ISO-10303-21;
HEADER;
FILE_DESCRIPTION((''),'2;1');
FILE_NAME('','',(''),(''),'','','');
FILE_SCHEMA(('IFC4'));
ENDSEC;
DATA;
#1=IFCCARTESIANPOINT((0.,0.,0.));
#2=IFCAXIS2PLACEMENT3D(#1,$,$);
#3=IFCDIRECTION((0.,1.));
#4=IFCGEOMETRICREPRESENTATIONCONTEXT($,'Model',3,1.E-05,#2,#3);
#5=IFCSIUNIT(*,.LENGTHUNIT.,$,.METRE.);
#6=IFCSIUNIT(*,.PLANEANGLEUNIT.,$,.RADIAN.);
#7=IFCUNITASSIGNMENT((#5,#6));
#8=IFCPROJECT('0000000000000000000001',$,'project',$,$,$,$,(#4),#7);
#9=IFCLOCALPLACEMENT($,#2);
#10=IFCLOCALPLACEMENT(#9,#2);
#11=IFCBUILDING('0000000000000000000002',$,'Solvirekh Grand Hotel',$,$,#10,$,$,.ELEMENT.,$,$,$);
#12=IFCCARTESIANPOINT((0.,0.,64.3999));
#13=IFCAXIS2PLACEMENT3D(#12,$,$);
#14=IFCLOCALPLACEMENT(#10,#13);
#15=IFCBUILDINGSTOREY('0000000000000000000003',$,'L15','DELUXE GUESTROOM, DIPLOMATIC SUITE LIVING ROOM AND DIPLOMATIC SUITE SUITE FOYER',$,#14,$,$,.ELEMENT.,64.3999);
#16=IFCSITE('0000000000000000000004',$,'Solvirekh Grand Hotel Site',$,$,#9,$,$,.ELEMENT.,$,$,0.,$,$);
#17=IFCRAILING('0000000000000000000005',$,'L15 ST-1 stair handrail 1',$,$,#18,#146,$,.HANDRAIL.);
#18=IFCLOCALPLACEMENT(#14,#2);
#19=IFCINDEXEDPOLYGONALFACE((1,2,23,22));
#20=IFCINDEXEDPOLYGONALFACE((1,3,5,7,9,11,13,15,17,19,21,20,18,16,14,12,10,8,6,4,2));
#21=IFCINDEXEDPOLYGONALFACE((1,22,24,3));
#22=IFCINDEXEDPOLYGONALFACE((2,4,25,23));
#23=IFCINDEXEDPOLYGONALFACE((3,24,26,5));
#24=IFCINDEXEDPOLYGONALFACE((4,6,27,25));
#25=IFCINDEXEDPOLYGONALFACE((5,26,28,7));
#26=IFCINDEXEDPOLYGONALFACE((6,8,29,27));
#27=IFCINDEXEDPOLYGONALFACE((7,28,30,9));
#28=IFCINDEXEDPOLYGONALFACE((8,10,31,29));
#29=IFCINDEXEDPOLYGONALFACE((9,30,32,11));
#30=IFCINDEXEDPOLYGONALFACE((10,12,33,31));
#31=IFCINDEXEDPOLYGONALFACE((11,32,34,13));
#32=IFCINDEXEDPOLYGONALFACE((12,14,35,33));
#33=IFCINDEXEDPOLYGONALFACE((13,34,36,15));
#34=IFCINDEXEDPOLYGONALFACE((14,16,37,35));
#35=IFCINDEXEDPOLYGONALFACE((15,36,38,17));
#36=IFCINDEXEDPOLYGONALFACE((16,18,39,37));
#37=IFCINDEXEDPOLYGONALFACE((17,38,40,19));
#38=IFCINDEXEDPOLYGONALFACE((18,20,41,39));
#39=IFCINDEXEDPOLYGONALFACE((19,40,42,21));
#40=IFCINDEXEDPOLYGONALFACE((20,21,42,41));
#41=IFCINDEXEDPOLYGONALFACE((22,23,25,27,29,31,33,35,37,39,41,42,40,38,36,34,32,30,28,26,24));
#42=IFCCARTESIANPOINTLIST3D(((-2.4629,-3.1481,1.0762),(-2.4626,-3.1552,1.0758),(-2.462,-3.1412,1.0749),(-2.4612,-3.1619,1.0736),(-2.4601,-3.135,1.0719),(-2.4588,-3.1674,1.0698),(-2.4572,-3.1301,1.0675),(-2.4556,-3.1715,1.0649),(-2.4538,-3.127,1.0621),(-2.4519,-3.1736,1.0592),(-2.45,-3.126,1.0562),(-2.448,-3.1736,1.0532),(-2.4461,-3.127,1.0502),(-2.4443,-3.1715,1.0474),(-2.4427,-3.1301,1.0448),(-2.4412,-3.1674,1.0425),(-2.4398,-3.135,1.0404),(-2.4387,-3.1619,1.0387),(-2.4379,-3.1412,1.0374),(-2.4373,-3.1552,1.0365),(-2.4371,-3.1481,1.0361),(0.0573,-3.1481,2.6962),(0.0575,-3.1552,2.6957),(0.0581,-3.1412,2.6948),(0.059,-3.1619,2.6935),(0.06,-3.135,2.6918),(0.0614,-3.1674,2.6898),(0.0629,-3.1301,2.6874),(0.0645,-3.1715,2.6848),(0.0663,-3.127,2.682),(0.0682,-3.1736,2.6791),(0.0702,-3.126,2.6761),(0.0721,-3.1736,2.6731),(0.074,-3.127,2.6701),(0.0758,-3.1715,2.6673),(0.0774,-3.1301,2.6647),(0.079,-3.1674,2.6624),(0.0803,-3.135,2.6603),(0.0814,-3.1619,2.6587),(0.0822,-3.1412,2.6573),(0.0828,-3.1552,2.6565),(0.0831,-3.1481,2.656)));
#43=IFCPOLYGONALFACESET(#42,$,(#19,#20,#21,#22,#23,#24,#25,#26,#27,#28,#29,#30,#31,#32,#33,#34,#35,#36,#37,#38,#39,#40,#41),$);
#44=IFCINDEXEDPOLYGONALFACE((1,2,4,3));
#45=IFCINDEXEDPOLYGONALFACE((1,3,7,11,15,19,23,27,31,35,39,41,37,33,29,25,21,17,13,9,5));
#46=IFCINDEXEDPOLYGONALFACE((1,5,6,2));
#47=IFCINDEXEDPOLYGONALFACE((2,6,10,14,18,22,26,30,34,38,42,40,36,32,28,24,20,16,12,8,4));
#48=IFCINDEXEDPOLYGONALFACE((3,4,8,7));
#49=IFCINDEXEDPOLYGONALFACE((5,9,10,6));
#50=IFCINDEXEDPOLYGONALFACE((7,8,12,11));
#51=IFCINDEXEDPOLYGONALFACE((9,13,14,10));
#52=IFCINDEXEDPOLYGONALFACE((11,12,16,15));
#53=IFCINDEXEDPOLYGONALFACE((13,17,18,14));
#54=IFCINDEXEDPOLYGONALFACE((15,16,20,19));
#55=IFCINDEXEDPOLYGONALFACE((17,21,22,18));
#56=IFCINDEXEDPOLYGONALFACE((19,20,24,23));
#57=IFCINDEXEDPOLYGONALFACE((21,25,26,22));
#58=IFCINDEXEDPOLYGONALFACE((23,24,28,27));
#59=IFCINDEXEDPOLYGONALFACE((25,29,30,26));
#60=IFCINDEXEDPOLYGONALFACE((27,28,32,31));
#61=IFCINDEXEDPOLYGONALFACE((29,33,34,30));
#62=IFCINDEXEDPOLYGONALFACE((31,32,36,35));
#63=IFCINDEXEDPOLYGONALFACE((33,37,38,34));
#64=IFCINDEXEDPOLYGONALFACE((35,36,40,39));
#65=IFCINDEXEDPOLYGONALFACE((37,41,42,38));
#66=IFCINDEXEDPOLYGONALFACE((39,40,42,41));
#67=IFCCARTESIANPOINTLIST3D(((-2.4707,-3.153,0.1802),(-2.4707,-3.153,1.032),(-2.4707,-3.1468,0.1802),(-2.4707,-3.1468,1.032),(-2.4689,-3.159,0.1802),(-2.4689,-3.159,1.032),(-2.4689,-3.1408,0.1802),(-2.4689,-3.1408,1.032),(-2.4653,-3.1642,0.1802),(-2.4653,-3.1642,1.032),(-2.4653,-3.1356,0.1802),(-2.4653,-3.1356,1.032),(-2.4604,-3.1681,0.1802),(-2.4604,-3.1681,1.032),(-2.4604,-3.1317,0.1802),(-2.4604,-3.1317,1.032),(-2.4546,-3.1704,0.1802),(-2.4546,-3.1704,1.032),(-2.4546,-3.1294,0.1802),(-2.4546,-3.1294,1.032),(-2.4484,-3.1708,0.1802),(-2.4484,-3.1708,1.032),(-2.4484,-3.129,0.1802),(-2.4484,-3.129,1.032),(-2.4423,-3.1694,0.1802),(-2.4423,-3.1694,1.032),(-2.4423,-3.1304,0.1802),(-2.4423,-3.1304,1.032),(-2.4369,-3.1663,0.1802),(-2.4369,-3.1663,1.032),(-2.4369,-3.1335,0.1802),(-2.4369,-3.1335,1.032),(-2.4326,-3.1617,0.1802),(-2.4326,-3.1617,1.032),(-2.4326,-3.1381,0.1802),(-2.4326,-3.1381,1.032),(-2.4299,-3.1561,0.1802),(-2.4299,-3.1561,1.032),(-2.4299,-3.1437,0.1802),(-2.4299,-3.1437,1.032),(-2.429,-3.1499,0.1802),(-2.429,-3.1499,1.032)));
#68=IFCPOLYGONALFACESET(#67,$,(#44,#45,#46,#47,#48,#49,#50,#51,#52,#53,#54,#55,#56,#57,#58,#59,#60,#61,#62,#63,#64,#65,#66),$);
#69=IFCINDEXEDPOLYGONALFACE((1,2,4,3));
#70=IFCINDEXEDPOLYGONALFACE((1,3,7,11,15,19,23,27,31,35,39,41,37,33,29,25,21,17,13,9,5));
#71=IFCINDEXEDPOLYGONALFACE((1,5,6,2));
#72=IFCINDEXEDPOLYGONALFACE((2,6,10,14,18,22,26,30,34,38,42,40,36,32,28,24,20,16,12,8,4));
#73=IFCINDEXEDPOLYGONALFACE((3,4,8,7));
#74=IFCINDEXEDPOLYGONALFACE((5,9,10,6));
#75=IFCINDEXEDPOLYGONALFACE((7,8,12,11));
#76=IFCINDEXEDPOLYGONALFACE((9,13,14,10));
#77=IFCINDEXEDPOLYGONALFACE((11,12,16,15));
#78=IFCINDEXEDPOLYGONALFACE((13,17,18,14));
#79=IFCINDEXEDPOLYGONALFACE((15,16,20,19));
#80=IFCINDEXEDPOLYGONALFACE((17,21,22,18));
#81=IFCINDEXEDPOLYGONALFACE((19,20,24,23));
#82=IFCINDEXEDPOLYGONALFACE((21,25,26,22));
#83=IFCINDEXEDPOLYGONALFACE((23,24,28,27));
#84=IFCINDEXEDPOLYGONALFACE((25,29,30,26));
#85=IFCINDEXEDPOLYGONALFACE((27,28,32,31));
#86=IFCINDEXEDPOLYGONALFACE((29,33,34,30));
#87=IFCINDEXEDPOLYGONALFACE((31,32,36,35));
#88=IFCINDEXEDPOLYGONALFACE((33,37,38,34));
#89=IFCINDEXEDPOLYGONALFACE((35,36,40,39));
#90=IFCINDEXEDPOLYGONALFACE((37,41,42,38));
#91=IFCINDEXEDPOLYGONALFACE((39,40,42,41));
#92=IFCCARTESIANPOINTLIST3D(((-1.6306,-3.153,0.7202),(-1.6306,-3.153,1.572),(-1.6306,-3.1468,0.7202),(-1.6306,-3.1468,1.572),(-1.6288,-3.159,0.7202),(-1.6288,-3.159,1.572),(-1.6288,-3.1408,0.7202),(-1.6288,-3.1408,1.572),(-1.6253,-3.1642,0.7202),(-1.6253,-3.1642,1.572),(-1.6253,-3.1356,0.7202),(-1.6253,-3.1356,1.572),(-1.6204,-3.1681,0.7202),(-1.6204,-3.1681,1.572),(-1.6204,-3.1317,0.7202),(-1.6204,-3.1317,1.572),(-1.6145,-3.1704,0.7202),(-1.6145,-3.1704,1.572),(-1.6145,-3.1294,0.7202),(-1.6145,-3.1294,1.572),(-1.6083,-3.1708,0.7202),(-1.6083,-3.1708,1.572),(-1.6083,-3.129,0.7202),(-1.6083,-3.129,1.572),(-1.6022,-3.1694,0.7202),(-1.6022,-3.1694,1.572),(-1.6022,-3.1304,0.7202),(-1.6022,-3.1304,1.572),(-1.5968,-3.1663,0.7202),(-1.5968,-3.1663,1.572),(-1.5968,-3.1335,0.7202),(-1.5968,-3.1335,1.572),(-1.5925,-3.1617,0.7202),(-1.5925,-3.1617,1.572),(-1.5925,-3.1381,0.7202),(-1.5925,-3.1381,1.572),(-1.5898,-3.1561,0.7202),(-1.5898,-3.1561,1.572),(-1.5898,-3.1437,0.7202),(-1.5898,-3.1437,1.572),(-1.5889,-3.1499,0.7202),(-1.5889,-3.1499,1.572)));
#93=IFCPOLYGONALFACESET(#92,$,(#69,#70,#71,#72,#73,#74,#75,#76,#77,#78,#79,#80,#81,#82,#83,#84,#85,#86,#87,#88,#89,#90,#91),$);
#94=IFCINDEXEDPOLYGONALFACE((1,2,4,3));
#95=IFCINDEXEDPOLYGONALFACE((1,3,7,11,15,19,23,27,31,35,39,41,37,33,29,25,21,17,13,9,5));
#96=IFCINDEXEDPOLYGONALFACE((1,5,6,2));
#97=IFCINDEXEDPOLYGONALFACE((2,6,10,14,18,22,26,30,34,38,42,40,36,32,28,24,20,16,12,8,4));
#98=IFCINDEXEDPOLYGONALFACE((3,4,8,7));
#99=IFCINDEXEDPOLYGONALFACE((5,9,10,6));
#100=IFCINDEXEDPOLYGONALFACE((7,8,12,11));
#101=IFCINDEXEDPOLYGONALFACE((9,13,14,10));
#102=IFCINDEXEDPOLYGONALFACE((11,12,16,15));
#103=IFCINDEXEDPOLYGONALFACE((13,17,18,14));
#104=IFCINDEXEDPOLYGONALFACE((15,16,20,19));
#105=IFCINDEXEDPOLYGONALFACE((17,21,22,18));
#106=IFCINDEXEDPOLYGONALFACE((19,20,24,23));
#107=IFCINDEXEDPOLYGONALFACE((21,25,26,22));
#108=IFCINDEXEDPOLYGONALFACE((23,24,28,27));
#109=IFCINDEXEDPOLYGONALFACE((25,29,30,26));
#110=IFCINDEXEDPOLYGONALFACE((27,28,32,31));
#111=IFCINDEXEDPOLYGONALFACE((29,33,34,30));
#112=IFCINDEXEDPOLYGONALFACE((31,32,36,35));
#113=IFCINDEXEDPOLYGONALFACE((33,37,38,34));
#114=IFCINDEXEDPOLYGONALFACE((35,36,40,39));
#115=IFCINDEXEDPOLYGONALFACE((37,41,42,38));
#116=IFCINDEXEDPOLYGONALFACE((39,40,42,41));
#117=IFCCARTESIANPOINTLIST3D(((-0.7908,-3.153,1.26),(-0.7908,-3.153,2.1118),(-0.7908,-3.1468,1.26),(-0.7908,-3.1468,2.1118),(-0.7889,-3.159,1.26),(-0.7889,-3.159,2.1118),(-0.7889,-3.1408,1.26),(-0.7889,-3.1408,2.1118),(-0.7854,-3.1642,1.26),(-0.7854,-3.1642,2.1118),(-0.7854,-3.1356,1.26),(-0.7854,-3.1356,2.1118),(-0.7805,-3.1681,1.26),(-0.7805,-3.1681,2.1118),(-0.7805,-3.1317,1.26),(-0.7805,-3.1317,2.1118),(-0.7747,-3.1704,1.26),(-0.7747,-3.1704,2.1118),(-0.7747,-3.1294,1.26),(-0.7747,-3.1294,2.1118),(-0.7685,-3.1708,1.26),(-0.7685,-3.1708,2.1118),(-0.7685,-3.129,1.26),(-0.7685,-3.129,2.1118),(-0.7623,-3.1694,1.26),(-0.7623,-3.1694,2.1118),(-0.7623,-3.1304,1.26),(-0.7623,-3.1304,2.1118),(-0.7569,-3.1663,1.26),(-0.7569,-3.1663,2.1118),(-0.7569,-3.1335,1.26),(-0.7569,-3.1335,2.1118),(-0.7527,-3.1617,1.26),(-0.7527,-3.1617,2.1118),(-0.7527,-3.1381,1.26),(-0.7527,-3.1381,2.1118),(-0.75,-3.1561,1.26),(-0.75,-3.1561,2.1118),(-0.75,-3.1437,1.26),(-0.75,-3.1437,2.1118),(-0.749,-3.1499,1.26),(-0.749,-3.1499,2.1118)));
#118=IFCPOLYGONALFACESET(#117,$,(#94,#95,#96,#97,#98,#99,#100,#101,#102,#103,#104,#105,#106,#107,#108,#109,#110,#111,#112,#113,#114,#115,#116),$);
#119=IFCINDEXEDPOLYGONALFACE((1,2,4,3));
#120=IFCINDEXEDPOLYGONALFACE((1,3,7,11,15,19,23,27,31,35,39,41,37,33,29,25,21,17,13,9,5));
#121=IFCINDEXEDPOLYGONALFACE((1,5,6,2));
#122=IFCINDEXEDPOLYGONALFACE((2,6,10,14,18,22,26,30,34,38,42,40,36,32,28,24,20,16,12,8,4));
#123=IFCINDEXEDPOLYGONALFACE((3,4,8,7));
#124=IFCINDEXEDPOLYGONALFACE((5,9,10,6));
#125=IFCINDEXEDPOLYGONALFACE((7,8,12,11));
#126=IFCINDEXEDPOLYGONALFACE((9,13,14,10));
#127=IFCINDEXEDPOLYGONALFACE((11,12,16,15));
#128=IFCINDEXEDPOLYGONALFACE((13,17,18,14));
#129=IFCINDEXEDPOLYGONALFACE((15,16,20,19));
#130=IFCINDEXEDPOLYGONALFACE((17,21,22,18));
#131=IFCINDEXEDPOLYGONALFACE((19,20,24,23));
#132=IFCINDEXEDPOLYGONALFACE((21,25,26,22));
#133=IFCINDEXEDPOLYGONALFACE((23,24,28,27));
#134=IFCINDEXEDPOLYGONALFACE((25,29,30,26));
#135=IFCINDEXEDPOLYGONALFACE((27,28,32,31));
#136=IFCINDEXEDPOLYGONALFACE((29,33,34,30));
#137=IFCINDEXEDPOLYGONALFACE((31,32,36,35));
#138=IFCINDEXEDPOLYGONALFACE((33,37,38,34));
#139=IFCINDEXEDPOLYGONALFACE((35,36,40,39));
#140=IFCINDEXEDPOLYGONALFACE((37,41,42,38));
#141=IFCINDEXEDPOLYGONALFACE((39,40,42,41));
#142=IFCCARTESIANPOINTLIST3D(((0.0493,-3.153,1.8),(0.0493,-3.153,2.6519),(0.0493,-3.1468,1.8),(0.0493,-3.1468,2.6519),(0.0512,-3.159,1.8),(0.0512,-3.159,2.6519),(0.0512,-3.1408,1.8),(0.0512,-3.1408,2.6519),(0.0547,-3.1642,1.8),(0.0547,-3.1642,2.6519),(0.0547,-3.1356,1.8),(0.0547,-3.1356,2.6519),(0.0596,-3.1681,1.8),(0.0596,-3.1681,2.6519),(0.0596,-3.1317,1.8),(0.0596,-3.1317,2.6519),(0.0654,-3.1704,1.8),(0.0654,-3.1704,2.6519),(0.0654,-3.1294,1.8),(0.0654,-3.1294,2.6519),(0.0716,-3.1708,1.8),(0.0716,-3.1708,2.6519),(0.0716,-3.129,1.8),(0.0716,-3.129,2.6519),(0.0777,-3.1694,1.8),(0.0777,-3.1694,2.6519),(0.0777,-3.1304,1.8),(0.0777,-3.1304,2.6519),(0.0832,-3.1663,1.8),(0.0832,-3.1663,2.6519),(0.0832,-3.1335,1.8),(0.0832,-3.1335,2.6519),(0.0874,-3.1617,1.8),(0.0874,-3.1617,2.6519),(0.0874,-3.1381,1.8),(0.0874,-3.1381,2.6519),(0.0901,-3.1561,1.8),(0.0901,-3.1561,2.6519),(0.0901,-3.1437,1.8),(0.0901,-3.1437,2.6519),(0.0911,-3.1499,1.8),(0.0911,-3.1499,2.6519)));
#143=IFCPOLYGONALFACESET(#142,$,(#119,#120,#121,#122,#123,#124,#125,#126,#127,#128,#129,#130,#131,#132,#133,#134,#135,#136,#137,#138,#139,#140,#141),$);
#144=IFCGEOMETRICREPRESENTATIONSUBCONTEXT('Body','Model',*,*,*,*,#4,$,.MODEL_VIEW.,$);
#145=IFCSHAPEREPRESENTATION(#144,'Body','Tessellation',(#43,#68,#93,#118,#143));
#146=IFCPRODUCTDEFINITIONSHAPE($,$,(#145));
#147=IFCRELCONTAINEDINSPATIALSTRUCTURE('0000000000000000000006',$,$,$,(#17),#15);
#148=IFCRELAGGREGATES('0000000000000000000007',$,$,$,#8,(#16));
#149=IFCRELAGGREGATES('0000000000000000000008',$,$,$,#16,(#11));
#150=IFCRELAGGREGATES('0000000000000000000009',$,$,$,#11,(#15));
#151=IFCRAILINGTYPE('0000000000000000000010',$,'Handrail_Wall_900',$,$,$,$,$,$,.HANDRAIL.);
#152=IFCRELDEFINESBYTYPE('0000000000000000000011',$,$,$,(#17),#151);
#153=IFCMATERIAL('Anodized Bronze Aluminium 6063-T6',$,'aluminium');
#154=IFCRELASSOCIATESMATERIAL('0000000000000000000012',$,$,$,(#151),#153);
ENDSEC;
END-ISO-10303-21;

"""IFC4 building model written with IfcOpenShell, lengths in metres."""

from ifc_helpers import new_model, si_unit, direction, frame, origin, origin_2d, place, context, subcontext, project, spatial, circle, extrude, material, type_object, element, save


model = new_model("IFC4")

# Units and contexts
model_context = context("Model", 3, precision=1e-05, world=origin(), true_north=direction((0.0, 1.0)))
body_context = subcontext(model_context, "Body", "Model", "MODEL_VIEW")
ifc_project = project(units=[si_unit("LENGTHUNIT", "METRE"), si_unit("PLANEANGLEUNIT", "RADIAN")], contexts=[model_context])

# Site, building, storey
site_placement = place(None, origin())
site = spatial("IfcSite", under=ifc_project, at=site_placement, Name="Solvirekh Grand Hotel Site", CompositionType="ELEMENT", RefElevation=0.0)
building_placement = place(site_placement, origin())
building = spatial("IfcBuilding", under=site, at=building_placement, Name="Solvirekh Grand Hotel", CompositionType="ELEMENT")
storey_placement = place(building_placement, frame((0.0, 0.0, 64.3999)))
storey = spatial("IfcBuildingStorey", under=building, at=storey_placement, Name="L15", Description="DELUXE GUESTROOM, DIPLOMATIC SUITE LIVING ROOM AND DIPLOMATIC SUITE SUITE FOYER", CompositionType="ELEMENT", Elevation=64.3999)

# Shared definitions
ifc_material_1 = material(Name="Anodized Bronze Aluminium 6063-T6", Category="aluminium")

# Railing
railing_type_1 = type_object("IfcRailingType", Name="Handrail_Wall_900", PredefinedType="HANDRAIL", material=ifc_material_1)
railing_1_placement = place(storey_placement, frame((-2.45, -3.1499, 0.1802)))
element("IfcRailing", 1, at=railing_1_placement, inside=storey, type_object=railing_type_1, Name="L15 ST-1 stair handrail 1", PredefinedType="HANDRAIL", context=body_context, shape_type="SweptSolid", body=[
    extrude(circle(Radius=0.0239, at=origin_2d()), frame((0.0, 0.0, 0.876), z_axis=(0.8412, 0.0, 0.540725), x_axis=(0.0, 1.0, 0.0)), (0.0, 0.0, 1.0), 2.9958),
    extrude(circle(Radius=0.021, at=origin_2d()), origin(), (0.0, 0.0, 1.0), 0.8518),
    extrude(circle(Radius=0.021, at=origin_2d()), frame((0.8401, 0.0, 0.54)), (0.0, 0.0, 1.0), 0.8518),
    extrude(circle(Radius=0.021, at=origin_2d()), frame((1.6799, 0.0, 1.0798)), (0.0, 0.0, 1.0), 0.8518),
    extrude(circle(Radius=0.021, at=origin_2d()), frame((2.52, 0.0, 1.6199)), (0.0, 0.0, 1.0), 0.8518),
])

save(model, "model.ifc")
